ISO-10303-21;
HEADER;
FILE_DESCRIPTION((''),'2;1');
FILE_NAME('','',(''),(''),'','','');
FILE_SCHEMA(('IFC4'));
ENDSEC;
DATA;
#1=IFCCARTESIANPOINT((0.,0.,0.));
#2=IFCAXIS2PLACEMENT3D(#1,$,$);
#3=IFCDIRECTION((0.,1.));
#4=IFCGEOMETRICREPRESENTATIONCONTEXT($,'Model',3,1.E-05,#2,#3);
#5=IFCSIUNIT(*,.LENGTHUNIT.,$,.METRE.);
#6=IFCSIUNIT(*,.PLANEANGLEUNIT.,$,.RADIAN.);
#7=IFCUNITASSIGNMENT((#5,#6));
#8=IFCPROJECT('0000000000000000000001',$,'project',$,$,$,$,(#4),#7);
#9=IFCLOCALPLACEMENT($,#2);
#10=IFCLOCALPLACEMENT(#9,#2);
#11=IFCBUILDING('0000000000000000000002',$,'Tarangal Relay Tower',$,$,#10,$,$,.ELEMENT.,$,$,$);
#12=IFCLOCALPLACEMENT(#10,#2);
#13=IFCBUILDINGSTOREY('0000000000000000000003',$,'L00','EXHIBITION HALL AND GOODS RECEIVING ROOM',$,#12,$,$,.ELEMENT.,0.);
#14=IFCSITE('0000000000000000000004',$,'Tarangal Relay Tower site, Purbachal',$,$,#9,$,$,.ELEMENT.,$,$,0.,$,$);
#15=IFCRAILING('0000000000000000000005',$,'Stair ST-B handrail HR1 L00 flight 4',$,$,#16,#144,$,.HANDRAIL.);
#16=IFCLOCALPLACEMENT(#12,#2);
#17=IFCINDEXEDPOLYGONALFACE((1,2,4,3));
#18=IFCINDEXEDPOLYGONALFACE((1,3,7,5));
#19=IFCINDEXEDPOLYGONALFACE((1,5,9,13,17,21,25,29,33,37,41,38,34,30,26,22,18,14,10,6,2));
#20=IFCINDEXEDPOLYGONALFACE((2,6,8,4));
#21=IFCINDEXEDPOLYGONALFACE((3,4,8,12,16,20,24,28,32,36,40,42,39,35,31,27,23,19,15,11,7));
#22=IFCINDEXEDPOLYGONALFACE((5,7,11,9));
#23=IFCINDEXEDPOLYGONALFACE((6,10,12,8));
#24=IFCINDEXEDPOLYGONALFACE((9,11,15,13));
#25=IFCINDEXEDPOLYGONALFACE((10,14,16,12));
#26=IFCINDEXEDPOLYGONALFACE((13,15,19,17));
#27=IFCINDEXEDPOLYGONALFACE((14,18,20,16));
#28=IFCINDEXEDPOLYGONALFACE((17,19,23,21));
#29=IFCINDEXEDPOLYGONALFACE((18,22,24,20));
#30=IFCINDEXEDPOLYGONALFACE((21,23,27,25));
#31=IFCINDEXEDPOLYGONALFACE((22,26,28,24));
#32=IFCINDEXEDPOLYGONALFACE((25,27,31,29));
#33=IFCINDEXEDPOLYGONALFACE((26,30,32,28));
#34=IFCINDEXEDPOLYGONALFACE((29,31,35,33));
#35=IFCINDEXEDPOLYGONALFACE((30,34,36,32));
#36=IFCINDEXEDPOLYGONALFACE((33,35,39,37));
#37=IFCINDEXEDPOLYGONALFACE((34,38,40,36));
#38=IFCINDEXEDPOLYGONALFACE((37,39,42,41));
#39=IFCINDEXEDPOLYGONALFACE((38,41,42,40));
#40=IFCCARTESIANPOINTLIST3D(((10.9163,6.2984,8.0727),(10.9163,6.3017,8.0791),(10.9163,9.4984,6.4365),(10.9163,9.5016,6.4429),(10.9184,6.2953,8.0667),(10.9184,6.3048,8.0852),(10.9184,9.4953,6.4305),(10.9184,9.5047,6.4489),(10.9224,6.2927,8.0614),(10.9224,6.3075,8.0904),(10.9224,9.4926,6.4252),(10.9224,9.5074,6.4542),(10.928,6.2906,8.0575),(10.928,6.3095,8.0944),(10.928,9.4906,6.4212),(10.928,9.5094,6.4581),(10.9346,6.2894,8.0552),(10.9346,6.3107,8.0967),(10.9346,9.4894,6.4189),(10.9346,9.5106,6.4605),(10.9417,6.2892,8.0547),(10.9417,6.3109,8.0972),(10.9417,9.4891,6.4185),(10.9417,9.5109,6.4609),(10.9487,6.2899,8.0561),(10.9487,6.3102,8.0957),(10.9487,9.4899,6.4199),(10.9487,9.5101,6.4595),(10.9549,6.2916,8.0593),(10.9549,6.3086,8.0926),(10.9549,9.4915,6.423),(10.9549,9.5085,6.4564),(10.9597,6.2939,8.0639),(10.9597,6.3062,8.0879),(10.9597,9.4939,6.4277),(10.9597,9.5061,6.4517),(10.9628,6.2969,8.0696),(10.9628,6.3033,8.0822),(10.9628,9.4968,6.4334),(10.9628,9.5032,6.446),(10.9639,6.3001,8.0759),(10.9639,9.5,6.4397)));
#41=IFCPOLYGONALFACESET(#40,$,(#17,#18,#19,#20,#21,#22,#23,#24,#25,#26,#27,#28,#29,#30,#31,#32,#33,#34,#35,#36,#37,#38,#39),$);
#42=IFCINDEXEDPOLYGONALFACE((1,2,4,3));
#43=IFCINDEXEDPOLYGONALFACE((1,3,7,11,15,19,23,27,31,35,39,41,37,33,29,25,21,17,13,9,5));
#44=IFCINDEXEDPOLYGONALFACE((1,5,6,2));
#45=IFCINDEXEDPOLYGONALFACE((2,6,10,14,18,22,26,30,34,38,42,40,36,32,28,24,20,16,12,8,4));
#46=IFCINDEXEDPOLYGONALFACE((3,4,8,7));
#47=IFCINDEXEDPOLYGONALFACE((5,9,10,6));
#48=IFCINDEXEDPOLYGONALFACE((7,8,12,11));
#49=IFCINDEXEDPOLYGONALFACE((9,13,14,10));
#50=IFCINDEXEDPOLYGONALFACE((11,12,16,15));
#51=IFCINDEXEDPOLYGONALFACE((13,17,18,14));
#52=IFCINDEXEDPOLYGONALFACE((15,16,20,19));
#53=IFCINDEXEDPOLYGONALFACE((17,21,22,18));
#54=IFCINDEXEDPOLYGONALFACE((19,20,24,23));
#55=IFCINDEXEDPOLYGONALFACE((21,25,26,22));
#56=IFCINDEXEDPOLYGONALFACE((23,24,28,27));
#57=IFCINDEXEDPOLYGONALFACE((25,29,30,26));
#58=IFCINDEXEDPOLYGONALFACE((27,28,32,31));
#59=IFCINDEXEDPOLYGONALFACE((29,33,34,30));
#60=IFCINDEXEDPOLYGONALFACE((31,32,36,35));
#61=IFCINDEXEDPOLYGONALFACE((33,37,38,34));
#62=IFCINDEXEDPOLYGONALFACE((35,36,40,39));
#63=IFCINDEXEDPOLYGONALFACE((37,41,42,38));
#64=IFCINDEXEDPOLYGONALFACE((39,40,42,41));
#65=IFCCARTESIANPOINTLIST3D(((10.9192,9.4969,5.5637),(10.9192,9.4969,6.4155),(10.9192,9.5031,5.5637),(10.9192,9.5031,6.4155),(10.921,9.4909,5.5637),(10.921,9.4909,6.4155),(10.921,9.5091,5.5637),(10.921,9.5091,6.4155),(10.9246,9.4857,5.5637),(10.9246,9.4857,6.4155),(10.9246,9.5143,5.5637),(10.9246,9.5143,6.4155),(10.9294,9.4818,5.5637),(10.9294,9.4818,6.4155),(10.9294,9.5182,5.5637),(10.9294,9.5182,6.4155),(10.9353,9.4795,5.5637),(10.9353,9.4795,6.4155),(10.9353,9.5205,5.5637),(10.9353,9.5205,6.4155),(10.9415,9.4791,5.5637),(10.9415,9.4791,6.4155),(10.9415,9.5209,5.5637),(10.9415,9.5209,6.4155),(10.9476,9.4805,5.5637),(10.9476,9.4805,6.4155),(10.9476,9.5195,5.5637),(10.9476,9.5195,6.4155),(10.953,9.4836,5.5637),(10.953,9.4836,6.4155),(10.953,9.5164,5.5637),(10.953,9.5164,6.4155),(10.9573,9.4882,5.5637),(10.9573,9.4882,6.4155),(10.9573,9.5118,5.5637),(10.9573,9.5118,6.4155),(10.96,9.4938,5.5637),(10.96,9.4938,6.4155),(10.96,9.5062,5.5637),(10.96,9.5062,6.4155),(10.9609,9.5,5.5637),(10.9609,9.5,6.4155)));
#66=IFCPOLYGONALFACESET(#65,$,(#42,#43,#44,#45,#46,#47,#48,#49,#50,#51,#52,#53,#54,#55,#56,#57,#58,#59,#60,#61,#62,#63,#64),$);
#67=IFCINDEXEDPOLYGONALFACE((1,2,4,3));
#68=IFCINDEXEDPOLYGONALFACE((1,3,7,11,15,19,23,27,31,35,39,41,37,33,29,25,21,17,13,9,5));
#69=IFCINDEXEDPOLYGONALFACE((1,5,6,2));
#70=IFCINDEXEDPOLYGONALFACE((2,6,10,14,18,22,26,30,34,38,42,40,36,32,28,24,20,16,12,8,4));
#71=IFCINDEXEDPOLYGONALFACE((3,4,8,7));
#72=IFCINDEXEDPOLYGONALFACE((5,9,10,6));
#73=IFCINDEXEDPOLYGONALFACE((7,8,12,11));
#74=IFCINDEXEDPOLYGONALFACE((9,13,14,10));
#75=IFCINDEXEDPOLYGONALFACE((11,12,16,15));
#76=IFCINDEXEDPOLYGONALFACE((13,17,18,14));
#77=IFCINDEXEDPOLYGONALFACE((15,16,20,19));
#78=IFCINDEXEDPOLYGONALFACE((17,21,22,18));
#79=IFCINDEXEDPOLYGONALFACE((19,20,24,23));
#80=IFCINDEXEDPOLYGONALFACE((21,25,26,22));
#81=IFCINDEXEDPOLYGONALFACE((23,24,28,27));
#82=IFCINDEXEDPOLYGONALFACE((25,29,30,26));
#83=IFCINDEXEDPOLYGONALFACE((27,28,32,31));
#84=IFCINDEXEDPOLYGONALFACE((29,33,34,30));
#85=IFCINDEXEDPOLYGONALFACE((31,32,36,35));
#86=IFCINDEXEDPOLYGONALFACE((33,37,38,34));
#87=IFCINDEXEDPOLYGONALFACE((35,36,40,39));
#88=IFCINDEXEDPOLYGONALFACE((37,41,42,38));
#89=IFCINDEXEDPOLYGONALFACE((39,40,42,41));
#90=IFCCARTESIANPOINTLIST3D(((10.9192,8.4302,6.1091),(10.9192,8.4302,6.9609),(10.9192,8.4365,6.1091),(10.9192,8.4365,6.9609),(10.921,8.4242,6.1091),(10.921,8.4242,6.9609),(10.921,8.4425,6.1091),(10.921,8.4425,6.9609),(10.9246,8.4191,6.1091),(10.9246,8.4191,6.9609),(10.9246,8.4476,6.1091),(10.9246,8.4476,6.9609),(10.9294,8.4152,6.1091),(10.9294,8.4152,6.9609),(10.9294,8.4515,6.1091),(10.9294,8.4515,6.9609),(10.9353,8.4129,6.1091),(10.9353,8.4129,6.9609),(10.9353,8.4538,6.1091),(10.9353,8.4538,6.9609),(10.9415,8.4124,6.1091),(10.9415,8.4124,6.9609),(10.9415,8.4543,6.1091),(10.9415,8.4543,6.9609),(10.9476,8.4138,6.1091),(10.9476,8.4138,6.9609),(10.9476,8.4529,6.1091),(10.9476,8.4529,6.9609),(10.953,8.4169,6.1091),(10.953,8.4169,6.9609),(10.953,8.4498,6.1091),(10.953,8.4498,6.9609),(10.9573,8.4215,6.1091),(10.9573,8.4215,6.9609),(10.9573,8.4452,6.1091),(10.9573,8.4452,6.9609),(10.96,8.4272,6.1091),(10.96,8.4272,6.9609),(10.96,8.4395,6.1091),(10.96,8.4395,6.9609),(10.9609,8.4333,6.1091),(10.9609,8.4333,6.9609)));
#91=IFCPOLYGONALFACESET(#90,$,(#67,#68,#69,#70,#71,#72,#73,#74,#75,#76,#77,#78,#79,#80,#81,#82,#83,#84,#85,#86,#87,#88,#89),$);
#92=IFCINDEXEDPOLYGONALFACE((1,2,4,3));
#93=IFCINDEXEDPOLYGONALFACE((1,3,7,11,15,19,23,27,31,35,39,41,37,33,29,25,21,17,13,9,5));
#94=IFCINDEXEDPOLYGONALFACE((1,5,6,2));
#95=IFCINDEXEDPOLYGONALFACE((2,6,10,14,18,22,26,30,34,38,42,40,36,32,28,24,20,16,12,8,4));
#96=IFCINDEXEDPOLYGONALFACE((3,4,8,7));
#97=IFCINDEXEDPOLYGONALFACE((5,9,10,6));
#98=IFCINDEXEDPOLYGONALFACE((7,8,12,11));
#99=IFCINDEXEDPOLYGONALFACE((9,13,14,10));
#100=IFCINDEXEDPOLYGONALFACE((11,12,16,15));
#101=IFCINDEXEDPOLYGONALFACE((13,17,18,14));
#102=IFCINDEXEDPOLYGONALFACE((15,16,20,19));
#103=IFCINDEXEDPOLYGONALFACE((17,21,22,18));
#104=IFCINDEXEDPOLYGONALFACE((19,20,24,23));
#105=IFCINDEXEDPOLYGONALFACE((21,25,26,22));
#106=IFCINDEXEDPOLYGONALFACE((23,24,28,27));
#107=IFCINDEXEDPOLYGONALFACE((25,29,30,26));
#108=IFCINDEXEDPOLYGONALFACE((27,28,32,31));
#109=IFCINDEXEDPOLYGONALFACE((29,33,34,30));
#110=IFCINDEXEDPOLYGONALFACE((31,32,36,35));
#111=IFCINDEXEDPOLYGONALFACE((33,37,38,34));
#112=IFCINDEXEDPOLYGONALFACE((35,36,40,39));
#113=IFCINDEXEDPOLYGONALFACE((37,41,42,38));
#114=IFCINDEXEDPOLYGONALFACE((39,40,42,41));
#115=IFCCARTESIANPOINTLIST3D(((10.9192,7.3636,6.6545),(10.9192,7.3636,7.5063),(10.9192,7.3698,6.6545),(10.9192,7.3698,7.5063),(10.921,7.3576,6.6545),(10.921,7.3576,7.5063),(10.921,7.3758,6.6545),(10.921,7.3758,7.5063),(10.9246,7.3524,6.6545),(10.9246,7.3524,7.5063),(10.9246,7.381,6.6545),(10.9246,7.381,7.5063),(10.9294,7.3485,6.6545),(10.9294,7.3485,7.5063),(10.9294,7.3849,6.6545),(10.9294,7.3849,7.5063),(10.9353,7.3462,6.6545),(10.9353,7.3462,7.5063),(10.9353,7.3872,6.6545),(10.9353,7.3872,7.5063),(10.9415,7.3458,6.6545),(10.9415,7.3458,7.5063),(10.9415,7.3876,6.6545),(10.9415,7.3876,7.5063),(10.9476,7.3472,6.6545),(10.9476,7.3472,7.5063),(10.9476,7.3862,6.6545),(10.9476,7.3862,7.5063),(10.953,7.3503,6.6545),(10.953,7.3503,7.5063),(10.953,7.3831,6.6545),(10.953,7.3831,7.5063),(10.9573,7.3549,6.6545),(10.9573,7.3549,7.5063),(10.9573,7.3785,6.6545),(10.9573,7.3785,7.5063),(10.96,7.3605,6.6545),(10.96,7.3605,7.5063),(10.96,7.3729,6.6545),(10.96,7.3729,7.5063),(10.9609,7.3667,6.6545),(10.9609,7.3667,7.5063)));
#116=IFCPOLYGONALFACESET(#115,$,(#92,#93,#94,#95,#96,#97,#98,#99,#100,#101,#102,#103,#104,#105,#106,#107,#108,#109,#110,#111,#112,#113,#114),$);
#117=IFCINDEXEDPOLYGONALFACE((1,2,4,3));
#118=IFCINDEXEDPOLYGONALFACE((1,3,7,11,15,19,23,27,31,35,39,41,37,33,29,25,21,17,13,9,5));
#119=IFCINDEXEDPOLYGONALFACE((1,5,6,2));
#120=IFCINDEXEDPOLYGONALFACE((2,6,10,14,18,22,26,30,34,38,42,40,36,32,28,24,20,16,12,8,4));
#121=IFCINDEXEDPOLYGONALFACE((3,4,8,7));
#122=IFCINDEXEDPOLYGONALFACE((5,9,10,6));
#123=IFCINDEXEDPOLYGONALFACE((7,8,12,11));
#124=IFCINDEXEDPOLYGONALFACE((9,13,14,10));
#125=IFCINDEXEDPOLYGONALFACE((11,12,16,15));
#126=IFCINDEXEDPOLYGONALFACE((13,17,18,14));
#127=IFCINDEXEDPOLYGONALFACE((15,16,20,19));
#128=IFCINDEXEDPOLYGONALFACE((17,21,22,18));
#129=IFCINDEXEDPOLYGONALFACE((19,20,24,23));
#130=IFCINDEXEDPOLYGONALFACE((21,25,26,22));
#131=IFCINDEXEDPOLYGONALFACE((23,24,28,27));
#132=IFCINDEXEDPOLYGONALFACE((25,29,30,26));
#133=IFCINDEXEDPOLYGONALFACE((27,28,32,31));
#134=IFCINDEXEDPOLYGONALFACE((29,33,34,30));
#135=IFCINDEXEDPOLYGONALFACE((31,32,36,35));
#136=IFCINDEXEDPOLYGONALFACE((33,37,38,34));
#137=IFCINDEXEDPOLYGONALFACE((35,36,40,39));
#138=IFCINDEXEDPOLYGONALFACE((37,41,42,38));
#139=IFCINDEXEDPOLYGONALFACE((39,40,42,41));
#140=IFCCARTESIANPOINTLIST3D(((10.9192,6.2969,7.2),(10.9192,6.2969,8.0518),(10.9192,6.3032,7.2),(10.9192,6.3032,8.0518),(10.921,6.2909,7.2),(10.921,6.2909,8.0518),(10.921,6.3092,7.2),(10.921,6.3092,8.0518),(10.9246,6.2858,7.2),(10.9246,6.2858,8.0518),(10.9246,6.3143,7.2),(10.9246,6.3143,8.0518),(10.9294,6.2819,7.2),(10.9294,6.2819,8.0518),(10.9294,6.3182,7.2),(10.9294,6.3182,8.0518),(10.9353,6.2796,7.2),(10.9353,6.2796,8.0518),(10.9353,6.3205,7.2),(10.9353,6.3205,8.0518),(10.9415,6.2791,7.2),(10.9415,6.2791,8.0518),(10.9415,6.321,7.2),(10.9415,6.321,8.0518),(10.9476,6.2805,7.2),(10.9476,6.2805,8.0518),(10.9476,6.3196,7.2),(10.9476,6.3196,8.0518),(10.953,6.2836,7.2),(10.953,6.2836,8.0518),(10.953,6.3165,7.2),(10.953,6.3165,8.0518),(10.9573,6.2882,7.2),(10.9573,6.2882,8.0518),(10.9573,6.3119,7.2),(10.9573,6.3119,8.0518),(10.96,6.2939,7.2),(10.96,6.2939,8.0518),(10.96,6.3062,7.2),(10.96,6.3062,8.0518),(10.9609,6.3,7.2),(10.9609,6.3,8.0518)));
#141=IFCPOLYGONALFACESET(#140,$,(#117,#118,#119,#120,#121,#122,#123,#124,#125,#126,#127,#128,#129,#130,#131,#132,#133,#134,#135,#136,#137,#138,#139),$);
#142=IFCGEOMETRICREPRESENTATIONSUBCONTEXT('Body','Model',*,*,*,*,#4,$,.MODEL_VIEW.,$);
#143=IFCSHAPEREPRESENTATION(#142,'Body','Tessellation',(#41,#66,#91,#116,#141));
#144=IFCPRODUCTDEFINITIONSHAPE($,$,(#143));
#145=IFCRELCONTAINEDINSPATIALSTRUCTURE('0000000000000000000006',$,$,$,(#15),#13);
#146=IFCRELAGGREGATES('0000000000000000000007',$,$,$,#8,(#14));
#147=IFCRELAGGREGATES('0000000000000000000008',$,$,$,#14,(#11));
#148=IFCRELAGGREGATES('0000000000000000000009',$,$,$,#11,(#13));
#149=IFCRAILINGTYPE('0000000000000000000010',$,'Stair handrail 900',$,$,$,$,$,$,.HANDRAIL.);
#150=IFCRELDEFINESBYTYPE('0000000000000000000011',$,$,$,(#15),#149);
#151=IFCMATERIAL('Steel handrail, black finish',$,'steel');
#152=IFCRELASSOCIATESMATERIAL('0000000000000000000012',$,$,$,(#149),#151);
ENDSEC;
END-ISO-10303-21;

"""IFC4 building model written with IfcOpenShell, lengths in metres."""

from ifc_helpers import new_model, si_unit, direction, frame, origin, origin_2d, place, context, subcontext, project, spatial, circle, extrude, material, type_object, element, save


model = new_model("IFC4")

# Units and contexts
model_context = context("Model", 3, precision=1e-05, world=origin(), true_north=direction((0.0, 1.0)))
body_context = subcontext(model_context, "Body", "Model", "MODEL_VIEW")
ifc_project = project(units=[si_unit("LENGTHUNIT", "METRE"), si_unit("PLANEANGLEUNIT", "RADIAN")], contexts=[model_context])

# Site, building, storey
site_placement = place(None, origin())
site = spatial("IfcSite", under=ifc_project, at=site_placement, Name="Tarangal Relay Tower site, Purbachal", CompositionType="ELEMENT", RefElevation=0.0)
building_placement = place(site_placement, origin())
building = spatial("IfcBuilding", under=site, at=building_placement, Name="Tarangal Relay Tower", CompositionType="ELEMENT")
storey_placement = place(building_placement, origin())
storey = spatial("IfcBuildingStorey", under=building, at=storey_placement, Name="L00", Description="EXHIBITION HALL AND GOODS RECEIVING ROOM", CompositionType="ELEMENT", Elevation=0.0)

# Railing
ifc_material_1 = material(Name="Steel handrail, black finish", Category="steel")
railing_type = type_object("IfcRailingType", Name="Stair handrail 900", PredefinedType="HANDRAIL", material=ifc_material_1)
railing_1_placement = place(storey_placement, frame((10.9399, 9.5, 5.5637)))
element("IfcRailing", 1, at=railing_1_placement, inside=storey, type_object=railing_type, Name="Stair ST-B handrail HR1 L00 flight 4", PredefinedType="HANDRAIL", context=body_context, shape_type="SweptSolid", body=[
    extrude(circle(Radius=0.0239, at=origin_2d()), frame((0.0, 0.0, 0.876), z_axis=(0.0, -0.890356, 0.455265), x_axis=(1.0, 0.0, 0.0)), (0.0, 0.0, 1.0), 3.594),
    extrude(circle(Radius=0.021, at=origin_2d()), origin(), (0.0, 0.0, 1.0), 0.8518),
    extrude(circle(Radius=0.021, at=origin_2d()), frame((0.0, -1.0667, 0.5454)), (0.0, 0.0, 1.0), 0.8518),
    extrude(circle(Radius=0.021, at=origin_2d()), frame((0.0, -2.1333, 1.0908)), (0.0, 0.0, 1.0), 0.8518),
    extrude(circle(Radius=0.021, at=origin_2d()), frame((0.0, -3.2, 1.6362)), (0.0, 0.0, 1.0), 0.8518),
])

save(model, "model.ifc")
